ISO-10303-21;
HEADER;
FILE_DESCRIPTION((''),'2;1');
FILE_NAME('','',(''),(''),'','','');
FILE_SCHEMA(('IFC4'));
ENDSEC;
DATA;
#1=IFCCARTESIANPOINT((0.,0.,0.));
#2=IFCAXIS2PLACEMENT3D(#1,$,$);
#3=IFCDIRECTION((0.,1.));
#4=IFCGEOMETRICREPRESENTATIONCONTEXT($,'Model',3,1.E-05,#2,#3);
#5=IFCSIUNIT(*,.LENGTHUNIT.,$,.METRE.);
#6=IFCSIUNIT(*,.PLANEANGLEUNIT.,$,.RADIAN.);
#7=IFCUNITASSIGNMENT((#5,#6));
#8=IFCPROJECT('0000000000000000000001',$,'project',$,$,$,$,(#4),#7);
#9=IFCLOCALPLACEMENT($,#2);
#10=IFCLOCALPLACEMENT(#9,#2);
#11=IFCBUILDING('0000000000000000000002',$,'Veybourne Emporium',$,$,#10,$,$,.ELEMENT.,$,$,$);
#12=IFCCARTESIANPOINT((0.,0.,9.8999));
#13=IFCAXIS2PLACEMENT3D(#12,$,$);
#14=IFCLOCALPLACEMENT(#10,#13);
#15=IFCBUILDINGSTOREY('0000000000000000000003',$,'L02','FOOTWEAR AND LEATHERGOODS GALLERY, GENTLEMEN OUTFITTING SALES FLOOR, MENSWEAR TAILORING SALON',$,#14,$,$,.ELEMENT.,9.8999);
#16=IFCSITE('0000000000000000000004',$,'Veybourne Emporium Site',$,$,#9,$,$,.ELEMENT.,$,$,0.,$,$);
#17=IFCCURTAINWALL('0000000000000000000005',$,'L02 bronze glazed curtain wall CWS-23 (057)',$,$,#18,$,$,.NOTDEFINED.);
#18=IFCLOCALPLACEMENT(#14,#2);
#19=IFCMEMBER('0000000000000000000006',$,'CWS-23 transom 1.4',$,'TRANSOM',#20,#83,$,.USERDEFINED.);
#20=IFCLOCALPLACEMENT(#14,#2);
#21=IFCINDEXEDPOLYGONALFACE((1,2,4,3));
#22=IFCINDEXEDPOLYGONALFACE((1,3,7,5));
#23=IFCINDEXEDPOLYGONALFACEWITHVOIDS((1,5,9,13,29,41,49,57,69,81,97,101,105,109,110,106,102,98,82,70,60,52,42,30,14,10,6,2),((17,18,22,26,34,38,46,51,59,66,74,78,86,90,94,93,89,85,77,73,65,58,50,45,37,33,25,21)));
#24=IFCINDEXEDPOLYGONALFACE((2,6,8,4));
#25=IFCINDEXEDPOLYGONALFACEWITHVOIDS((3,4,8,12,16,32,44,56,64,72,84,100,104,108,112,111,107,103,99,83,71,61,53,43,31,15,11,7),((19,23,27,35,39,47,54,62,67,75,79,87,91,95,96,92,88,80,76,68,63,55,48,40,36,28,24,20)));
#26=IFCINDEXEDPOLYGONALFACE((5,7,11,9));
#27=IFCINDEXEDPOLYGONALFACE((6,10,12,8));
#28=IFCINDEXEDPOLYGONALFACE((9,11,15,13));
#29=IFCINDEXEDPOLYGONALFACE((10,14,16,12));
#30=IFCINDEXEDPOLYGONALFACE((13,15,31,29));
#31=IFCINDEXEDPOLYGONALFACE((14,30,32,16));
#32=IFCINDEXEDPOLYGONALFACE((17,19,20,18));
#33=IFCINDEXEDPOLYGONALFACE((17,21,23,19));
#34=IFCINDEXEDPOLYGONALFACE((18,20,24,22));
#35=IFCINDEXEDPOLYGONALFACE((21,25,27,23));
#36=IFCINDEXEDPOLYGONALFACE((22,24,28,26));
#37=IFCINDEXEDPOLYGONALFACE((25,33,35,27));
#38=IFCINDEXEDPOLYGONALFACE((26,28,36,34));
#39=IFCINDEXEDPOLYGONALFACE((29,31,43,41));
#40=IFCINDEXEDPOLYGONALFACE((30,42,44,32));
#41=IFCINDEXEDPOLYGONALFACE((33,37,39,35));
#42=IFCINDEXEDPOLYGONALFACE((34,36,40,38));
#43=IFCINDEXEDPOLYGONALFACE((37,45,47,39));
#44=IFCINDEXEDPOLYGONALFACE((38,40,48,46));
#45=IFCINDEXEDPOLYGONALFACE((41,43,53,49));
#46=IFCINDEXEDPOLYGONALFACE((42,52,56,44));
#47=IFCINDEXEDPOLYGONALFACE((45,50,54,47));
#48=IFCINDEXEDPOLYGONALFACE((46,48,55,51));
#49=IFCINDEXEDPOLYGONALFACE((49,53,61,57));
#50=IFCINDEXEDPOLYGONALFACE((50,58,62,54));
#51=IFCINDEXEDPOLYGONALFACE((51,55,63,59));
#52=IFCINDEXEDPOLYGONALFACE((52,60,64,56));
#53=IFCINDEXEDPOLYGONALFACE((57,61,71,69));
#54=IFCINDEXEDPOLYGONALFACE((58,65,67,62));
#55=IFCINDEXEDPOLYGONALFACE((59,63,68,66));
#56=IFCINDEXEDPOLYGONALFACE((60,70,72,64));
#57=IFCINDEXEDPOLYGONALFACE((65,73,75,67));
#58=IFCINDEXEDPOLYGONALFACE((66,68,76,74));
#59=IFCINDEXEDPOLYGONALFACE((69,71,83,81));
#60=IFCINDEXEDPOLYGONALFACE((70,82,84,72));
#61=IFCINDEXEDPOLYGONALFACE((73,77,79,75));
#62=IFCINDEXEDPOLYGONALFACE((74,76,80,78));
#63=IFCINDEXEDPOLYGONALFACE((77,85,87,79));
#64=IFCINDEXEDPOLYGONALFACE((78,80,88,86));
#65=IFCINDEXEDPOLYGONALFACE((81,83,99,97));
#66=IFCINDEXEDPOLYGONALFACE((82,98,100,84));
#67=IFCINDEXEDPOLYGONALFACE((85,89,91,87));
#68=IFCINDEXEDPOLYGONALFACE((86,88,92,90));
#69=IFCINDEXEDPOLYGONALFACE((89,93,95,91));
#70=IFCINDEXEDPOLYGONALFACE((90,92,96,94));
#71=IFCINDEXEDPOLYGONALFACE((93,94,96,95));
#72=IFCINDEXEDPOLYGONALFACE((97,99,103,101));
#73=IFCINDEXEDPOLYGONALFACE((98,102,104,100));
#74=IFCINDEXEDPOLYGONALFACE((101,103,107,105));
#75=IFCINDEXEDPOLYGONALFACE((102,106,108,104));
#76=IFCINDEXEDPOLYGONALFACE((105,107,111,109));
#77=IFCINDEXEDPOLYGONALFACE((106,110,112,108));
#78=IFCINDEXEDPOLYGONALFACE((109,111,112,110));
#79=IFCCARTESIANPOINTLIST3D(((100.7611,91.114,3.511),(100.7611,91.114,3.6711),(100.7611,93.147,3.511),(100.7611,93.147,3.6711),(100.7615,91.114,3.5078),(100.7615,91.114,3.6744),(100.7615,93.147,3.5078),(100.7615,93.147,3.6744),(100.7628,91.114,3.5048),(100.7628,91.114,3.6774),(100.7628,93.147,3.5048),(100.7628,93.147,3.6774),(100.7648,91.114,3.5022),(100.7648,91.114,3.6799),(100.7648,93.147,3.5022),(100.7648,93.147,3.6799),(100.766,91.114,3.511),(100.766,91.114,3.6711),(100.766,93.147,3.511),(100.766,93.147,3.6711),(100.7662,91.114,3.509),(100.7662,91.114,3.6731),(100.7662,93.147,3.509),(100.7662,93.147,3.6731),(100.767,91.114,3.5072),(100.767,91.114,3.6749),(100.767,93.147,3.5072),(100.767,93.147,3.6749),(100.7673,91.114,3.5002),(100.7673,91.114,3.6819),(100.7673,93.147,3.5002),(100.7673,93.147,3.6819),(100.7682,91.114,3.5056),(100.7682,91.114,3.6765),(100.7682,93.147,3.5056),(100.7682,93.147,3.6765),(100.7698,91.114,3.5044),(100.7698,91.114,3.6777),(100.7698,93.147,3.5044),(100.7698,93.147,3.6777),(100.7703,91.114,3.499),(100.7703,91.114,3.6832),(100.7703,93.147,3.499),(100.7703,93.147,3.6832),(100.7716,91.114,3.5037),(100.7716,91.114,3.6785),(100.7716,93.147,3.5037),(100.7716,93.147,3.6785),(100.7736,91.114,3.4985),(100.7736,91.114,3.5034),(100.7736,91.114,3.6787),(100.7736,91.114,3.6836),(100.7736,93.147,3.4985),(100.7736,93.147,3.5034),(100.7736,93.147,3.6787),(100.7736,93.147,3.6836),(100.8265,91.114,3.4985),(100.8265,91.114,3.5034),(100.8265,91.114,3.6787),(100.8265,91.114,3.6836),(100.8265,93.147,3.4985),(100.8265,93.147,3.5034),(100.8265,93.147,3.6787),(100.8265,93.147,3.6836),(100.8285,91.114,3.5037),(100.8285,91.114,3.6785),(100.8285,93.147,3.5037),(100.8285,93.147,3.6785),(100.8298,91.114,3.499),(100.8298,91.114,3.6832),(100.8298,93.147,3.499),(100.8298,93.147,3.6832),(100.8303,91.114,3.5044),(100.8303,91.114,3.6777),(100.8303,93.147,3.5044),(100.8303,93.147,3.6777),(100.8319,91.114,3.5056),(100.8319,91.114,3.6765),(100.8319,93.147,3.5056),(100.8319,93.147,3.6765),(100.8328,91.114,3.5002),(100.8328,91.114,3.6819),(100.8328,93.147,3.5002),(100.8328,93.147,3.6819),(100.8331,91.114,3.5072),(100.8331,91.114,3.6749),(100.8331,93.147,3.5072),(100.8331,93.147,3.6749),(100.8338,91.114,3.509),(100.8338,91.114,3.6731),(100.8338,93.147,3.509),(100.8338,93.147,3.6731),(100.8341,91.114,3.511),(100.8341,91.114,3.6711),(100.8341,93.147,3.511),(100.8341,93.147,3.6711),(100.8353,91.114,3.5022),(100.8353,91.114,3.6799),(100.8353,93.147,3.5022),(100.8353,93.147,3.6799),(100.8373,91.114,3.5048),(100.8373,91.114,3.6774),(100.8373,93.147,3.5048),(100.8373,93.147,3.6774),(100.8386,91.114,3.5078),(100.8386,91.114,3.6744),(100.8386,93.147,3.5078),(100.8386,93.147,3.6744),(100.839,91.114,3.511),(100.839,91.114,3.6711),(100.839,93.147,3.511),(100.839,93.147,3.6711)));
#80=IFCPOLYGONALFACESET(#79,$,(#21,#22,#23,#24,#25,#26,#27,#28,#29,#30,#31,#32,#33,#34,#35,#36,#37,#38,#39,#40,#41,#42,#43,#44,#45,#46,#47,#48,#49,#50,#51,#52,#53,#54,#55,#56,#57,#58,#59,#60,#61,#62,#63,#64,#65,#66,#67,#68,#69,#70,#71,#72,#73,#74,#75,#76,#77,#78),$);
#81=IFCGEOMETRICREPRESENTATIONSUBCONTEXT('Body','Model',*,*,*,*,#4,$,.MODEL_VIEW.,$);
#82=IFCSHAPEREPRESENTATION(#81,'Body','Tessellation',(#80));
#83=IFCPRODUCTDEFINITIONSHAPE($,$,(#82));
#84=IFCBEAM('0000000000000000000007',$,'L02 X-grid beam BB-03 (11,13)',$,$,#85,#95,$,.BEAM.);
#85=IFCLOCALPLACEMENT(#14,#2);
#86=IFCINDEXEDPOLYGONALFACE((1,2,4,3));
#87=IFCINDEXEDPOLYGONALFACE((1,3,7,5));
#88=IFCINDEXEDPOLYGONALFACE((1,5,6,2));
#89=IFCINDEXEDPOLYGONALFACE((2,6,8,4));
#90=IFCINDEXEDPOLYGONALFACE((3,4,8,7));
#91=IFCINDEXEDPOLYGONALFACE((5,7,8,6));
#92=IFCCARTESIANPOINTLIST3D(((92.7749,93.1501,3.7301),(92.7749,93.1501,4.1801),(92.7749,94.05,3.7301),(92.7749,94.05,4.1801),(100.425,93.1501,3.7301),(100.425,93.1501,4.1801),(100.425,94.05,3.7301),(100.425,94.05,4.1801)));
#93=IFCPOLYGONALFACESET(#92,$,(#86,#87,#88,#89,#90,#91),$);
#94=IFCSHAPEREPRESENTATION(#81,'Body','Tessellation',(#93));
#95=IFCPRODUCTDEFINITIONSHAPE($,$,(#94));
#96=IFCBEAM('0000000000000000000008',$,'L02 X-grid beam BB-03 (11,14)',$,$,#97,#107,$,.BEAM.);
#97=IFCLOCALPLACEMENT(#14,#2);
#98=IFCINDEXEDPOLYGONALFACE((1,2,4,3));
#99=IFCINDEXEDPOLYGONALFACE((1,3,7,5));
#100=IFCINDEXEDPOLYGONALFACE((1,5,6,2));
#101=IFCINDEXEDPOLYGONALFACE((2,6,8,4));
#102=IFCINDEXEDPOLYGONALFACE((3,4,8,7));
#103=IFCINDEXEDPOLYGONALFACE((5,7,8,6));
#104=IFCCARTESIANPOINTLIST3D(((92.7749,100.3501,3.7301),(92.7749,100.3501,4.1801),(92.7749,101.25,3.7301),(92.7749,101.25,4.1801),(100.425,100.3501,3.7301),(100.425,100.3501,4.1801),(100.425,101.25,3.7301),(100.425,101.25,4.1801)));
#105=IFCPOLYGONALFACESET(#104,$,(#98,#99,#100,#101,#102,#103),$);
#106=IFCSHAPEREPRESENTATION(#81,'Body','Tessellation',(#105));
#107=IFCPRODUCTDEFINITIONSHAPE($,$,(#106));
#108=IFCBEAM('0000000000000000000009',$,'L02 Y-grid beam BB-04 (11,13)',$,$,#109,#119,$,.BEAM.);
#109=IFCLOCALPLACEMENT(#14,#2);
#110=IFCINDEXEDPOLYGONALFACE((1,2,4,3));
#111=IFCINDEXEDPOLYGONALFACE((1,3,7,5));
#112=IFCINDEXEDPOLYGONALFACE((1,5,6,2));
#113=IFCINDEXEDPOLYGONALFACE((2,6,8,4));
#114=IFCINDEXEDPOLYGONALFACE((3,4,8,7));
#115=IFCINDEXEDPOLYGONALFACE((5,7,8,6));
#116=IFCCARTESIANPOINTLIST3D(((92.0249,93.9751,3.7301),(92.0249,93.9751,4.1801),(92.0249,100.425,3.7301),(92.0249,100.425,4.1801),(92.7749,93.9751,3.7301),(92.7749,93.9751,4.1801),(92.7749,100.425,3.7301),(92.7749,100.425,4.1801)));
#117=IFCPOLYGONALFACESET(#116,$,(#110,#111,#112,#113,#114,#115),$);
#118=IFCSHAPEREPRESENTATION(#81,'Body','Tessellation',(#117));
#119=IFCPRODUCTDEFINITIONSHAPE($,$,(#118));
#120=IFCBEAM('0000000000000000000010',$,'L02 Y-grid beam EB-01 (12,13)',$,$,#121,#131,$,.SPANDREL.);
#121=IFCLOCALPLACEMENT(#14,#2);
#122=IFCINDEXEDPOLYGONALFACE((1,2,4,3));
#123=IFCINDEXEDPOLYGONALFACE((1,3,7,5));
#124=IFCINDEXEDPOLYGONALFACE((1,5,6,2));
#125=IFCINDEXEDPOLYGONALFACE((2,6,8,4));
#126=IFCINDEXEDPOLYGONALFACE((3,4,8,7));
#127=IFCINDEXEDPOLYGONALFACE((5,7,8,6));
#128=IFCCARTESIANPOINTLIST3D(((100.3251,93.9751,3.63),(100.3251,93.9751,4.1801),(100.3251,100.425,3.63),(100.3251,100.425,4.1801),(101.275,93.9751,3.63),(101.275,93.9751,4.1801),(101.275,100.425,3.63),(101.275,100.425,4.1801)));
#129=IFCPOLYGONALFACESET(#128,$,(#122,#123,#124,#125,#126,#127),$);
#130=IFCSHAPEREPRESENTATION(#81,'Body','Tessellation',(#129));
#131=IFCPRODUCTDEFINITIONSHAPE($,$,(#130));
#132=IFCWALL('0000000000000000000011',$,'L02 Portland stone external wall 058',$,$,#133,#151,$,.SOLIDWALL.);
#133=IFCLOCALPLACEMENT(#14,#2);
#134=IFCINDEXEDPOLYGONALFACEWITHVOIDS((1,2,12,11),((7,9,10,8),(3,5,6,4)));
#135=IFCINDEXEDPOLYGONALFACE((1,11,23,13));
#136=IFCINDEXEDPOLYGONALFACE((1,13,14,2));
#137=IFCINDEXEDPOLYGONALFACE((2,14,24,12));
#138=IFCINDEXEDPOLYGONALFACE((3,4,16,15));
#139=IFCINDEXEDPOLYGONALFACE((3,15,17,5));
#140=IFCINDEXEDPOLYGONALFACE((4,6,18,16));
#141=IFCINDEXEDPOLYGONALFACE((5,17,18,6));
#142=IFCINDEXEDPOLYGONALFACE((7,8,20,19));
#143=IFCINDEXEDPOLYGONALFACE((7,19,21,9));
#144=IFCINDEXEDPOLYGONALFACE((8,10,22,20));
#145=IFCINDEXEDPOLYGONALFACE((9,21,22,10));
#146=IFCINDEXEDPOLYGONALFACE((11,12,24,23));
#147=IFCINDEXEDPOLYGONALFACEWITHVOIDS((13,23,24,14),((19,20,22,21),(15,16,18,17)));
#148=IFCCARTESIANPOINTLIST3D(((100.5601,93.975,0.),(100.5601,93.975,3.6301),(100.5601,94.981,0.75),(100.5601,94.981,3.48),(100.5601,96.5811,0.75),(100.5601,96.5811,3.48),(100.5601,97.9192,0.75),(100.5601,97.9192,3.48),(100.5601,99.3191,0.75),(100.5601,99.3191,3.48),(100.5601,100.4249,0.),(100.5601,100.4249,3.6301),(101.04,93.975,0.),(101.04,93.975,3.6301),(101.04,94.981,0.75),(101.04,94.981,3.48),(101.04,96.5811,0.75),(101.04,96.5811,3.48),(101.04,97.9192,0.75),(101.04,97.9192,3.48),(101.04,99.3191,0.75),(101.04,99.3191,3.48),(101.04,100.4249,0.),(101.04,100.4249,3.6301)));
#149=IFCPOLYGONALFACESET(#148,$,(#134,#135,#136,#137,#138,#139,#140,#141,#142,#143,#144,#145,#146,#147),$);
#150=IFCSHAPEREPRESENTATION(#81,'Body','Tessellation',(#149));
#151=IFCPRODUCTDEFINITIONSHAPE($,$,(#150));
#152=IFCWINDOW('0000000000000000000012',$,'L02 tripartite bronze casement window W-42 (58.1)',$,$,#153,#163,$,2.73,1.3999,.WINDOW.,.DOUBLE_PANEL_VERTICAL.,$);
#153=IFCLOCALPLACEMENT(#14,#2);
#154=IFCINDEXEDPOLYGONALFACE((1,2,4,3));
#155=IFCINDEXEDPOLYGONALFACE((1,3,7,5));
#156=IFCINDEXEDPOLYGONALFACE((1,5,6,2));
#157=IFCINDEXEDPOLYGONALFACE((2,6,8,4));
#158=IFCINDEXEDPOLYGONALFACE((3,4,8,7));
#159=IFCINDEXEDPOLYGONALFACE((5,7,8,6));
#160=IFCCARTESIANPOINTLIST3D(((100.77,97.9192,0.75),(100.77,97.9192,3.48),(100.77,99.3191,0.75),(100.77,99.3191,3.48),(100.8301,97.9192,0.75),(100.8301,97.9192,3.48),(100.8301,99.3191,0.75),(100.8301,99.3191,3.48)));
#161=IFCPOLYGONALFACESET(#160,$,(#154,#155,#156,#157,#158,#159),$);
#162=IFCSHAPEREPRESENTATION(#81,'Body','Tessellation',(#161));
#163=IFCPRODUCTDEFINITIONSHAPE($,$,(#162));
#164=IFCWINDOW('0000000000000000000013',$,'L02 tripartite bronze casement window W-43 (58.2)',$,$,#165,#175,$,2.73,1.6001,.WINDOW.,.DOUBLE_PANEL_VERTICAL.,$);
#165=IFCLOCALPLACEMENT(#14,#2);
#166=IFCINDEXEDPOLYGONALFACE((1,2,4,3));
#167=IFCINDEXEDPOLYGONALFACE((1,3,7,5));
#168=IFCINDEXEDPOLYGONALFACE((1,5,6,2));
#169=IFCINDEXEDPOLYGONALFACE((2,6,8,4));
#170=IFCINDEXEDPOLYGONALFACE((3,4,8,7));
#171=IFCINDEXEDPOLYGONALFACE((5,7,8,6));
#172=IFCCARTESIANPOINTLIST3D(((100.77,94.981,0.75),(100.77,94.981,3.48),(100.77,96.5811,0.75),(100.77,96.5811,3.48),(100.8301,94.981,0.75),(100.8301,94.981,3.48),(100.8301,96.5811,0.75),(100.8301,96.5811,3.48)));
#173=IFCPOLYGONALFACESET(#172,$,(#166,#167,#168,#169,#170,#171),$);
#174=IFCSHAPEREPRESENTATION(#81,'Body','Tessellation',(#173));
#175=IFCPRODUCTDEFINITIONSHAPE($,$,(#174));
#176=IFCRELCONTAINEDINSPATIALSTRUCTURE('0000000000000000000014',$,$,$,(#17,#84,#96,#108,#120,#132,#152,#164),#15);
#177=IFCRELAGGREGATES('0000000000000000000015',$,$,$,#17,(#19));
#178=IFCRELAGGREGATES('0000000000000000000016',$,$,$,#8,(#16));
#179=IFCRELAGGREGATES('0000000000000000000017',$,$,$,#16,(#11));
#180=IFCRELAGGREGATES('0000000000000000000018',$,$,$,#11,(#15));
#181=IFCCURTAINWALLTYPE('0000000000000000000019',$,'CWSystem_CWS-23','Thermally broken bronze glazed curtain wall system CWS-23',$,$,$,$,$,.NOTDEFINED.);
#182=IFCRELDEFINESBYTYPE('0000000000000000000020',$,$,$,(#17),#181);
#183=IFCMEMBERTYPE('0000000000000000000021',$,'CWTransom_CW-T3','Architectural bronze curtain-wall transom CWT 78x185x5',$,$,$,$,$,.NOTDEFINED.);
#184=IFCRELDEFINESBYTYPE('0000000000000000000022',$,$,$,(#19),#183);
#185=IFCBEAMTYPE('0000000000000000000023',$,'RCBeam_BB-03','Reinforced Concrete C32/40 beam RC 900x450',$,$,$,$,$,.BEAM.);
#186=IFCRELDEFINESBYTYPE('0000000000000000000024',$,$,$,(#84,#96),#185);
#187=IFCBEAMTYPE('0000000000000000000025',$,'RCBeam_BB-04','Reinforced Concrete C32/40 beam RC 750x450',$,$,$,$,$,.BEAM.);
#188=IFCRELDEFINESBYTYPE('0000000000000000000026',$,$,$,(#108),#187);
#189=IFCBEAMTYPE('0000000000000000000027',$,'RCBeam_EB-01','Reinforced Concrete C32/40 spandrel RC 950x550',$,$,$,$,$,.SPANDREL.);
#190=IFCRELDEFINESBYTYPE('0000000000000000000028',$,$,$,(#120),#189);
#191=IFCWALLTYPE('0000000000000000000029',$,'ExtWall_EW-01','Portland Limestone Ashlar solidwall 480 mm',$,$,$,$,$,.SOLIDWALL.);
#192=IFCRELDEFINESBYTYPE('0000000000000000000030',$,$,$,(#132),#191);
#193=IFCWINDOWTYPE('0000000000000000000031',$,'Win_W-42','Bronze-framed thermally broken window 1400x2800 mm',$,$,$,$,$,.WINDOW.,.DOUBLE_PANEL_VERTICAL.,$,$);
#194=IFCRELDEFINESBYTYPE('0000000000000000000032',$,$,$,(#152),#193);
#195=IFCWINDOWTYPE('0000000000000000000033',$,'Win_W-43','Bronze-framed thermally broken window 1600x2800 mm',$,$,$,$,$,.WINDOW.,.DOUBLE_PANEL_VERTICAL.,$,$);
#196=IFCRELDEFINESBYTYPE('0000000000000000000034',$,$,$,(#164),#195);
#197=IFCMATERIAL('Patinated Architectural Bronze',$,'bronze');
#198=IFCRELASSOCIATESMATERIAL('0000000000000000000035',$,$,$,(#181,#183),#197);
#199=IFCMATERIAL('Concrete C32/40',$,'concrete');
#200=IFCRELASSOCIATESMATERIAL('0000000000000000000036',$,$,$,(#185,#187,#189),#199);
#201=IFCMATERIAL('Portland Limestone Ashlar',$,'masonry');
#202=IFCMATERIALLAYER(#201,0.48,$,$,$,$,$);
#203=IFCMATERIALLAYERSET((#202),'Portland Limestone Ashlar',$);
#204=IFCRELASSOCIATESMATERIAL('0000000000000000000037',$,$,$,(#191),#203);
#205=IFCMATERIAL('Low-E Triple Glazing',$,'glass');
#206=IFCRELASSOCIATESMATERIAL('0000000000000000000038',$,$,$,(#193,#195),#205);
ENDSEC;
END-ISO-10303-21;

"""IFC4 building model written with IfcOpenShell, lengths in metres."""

from ifc_helpers import new_model, si_unit, direction, frame, frame_2d, origin, origin_2d, place, context, subcontext, project, spatial, rectangle, hollow_rectangle, extrude, material, layer, layer_set, material_profile, profile_set, type_object, element, fill, aggregate, save


model = new_model("IFC4")

# Units and contexts
model_context = context("Model", 3, precision=1e-05, world=origin(), true_north=direction((0.0, 1.0)))
body_context = subcontext(model_context, "Body", "Model", "MODEL_VIEW")
ifc_project = project(units=[si_unit("LENGTHUNIT", "METRE"), si_unit("PLANEANGLEUNIT", "RADIAN")], contexts=[model_context])

# Site, building, storey
site_placement = place(None, origin())
site = spatial("IfcSite", under=ifc_project, at=site_placement, Name="Veybourne Emporium Site", CompositionType="ELEMENT", RefElevation=0.0)
building_placement = place(site_placement, origin())
building = spatial("IfcBuilding", under=site, at=building_placement, Name="Veybourne Emporium", CompositionType="ELEMENT")
storey_placement = place(building_placement, frame((0.0, 0.0, 9.8999)))
storey = spatial("IfcBuildingStorey", under=building, at=storey_placement, Name="L02", Description="FOOTWEAR AND LEATHERGOODS GALLERY, GENTLEMEN OUTFITTING SALES FLOOR, MENSWEAR TAILORING SALON", CompositionType="ELEMENT", Elevation=9.8999)

# Curtain wall, member
ifc_material_1 = material(Name="Patinated Architectural Bronze", Category="bronze")
curtain_wall_type = type_object("IfcCurtainWallType", Name="CWSystem_CWS-23", Description="Thermally broken bronze glazed curtain wall system CWS-23", PredefinedType="NOTDEFINED", material=ifc_material_1)
curtain_wall_placement = place(storey_placement, origin())
curtain_wall = element("IfcCurtainWall", 1, at=curtain_wall_placement, inside=storey, type_object=curtain_wall_type, Name="L02 bronze glazed curtain wall CWS-23 (057)", PredefinedType="NOTDEFINED")
ifc_material_profile_1 = material_profile(ifc_material_1, hollow_rectangle(XDim=0.0779, YDim=0.1851, WallThickness=0.0049, InnerFilletRadius=0.0076, OuterFilletRadius=0.0125, at=origin_2d()), Name="CWT 78x185x5")
ifc_profile_set_1 = profile_set([ifc_material_profile_1], Name="Patinated Architectural Bronze")
member_type_1 = type_object("IfcMemberType", Name="CWTransom_CW-T3", Description="Architectural bronze curtain-wall transom CWT 78x185x5", PredefinedType="NOTDEFINED", material=ifc_profile_set_1)
member_1_placement = place(storey_placement, frame((100.8, 93.147, 3.5911), z_axis=(0.0, -1.0, 0.0), x_axis=(1.0, 0.0, 0.0)))
member_1 = element("IfcMember", 2, at=member_1_placement, type_object=member_type_1, Name="CWS-23 transom 1.4", ObjectType="TRANSOM", PredefinedType="USERDEFINED", context=body_context, shape_type="SweptSolid", body=[
    extrude(hollow_rectangle(XDim=0.0779, YDim=0.1851, WallThickness=0.0049, InnerFilletRadius=0.0076, OuterFilletRadius=0.0125, at=origin_2d()), origin(), (0.0, 0.0, 1.0), 2.033),
])
aggregate(curtain_wall, [member_1])

# Beams
ifc_material_2 = material(Name="Concrete C32/40", Category="concrete")
ifc_material_profile_2 = material_profile(ifc_material_2, rectangle(XDim=0.8999, YDim=0.45, at=origin_2d()), Name="RC 900x450")
ifc_profile_set_2 = profile_set([ifc_material_profile_2], Name="Concrete C32/40")
beam_type_1 = type_object("IfcBeamType", Name="RCBeam_BB-03", Description="Reinforced Concrete C32/40 beam RC 900x450", PredefinedType="BEAM", material=ifc_profile_set_2)
for number, where, z_axis, x_axis, name in (
    (3, (92.7749, 93.6001, 3.9551), (1.0, 0.0, 0.0), (0.0, 1.0, 0.0), "L02 X-grid beam BB-03 (11,13)"),
    (4, (92.7749, 100.8, 3.9551), (1.0, 0.0, 0.0), (0.0, 1.0, 0.0), "L02 X-grid beam BB-03 (11,14)"),
):
    element("IfcBeam", number, at=place(storey_placement, frame(where, z_axis=z_axis, x_axis=x_axis)), inside=storey, type_object=beam_type_1, Name=name, PredefinedType="BEAM", context=body_context, shape_type="SweptSolid", body=[
        extrude(rectangle(XDim=0.8999, YDim=0.45, at=origin_2d()), origin(), (0.0, 0.0, 1.0), 7.6501),
    ])
ifc_material_profile_3 = material_profile(ifc_material_2, rectangle(XDim=0.75, YDim=0.45, at=origin_2d()), Name="RC 750x450")
ifc_profile_set_3 = profile_set([ifc_material_profile_3], Name="Concrete C32/40")
beam_type_2 = type_object("IfcBeamType", Name="RCBeam_BB-04", Description="Reinforced Concrete C32/40 beam RC 750x450", PredefinedType="BEAM", material=ifc_profile_set_3)
beam_1_placement = place(storey_placement, frame((92.3999, 93.9751, 3.9551), z_axis=(0.0, 1.0, 0.0), x_axis=(-1.0, 0.0, 0.0)))
element("IfcBeam", 5, at=beam_1_placement, inside=storey, type_object=beam_type_2, Name="L02 Y-grid beam BB-04 (11,13)", PredefinedType="BEAM", context=body_context, shape_type="SweptSolid", body=[
    extrude(rectangle(XDim=0.75, YDim=0.45, at=origin_2d()), origin(), (0.0, 0.0, 1.0), 6.45),
])
ifc_material_profile_4 = material_profile(ifc_material_2, rectangle(XDim=0.95, YDim=0.55, at=origin_2d()), Name="RC 950x550")
ifc_profile_set_4 = profile_set([ifc_material_profile_4], Name="Concrete C32/40")
beam_type_3 = type_object("IfcBeamType", Name="RCBeam_EB-01", Description="Reinforced Concrete C32/40 spandrel RC 950x550", PredefinedType="SPANDREL", material=ifc_profile_set_4)
beam_2_placement = place(storey_placement, frame((100.8, 93.9751, 3.905), z_axis=(0.0, 1.0, 0.0), x_axis=(-1.0, 0.0, 0.0)))
element("IfcBeam", 6, at=beam_2_placement, inside=storey, type_object=beam_type_3, Name="L02 Y-grid beam EB-01 (12,13)", PredefinedType="SPANDREL", context=body_context, shape_type="SweptSolid", body=[
    extrude(rectangle(XDim=0.95, YDim=0.55, at=origin_2d()), origin(), (0.0, 0.0, 1.0), 6.45),
])

# Wall, openings, windows
ifc_material_3 = material(Name="Portland Limestone Ashlar", Category="masonry")
ifc_layer_1 = layer(ifc_material_3, 0.48)
ifc_layer_set_1 = layer_set([ifc_layer_1], Name="Portland Limestone Ashlar")
wall_type = type_object("IfcWallType", Name="ExtWall_EW-01", Description="Portland Limestone Ashlar solidwall 480 mm", PredefinedType="SOLIDWALL", material=ifc_layer_set_1)
wall_placement = place(storey_placement, frame((100.8, 100.425, 0.0), z_axis=(0.0, 0.0, 1.0), x_axis=(0.0, -1.0, 0.0)))
wall = element("IfcWall", 7, at=wall_placement, inside=storey, type_object=wall_type, Name="L02 Portland stone external wall 058", PredefinedType="SOLIDWALL", context=body_context, shape_type="SweptSolid", body=[
    extrude(rectangle(XDim=6.45, YDim=0.48, at=frame_2d((3.2251, 0.0))), origin(), (0.0, 0.0, 1.0), 3.6301),
])
opening_1_placement = place(wall_placement, frame((1.106, 0.0, 0.75)))
opening_1 = element("IfcOpeningElement", 8, at=opening_1_placement, cuts=wall, PredefinedType="OPENING", context=body_context, shape_type="SweptSolid", body=[
    extrude(rectangle(XDim=1.3999, YDim=2.73, at=frame_2d((0.7, 1.365))), frame((0.0, 0.26, 0.0), z_axis=(0.0, -1.0, 0.0), x_axis=(1.0, 0.0, 0.0)), (0.0, 0.0, 1.0), 0.52),
])
opening_2_placement = place(wall_placement, frame((3.844, 0.0, 0.75)))
opening_2 = element("IfcOpeningElement", 9, at=opening_2_placement, cuts=wall, PredefinedType="OPENING", context=body_context, shape_type="SweptSolid", body=[
    extrude(rectangle(XDim=1.6001, YDim=2.73, at=frame_2d((0.8, 1.365))), frame((0.0, 0.26, 0.0), z_axis=(0.0, -1.0, 0.0), x_axis=(1.0, 0.0, 0.0)), (0.0, 0.0, 1.0), 0.52),
])
ifc_material_4 = material(Name="Low-E Triple Glazing", Category="glass")
window_type_1 = type_object("IfcWindowType", Name="Win_W-42", Description="Bronze-framed thermally broken window 1400x2800 mm", PartitioningType="DOUBLE_PANEL_VERTICAL", PredefinedType="WINDOW", material=ifc_material_4)
window_1_placement = place(opening_1_placement, origin())
window_1 = element("IfcWindow", 10, at=window_1_placement, inside=storey, type_object=window_type_1, Name="L02 tripartite bronze casement window W-42 (58.1)", OverallHeight=2.73, OverallWidth=1.3999, PartitioningType="DOUBLE_PANEL_VERTICAL", PredefinedType="WINDOW", context=body_context, shape_type="SweptSolid", body=[
    extrude(rectangle(XDim=1.3999, YDim=2.73, at=frame_2d((0.7, 1.365))), frame((0.0, 0.03, 0.0), z_axis=(0.0, -1.0, 0.0), x_axis=(1.0, 0.0, 0.0)), (0.0, 0.0, 1.0), 0.0601),
])
fill(opening_1, window_1)
window_type_2 = type_object("IfcWindowType", Name="Win_W-43", Description="Bronze-framed thermally broken window 1600x2800 mm", PartitioningType="DOUBLE_PANEL_VERTICAL", PredefinedType="WINDOW", material=ifc_material_4)
window_2_placement = place(opening_2_placement, origin())
window_2 = element("IfcWindow", 11, at=window_2_placement, inside=storey, type_object=window_type_2, Name="L02 tripartite bronze casement window W-43 (58.2)", OverallHeight=2.73, OverallWidth=1.6001, PartitioningType="DOUBLE_PANEL_VERTICAL", PredefinedType="WINDOW", context=body_context, shape_type="SweptSolid", body=[
    extrude(rectangle(XDim=1.6001, YDim=2.73, at=frame_2d((0.8, 1.365))), frame((0.0, 0.03, 0.0), z_axis=(0.0, -1.0, 0.0), x_axis=(1.0, 0.0, 0.0)), (0.0, 0.0, 1.0), 0.0601),
])
fill(opening_2, window_2)

save(model, "model.ifc")
